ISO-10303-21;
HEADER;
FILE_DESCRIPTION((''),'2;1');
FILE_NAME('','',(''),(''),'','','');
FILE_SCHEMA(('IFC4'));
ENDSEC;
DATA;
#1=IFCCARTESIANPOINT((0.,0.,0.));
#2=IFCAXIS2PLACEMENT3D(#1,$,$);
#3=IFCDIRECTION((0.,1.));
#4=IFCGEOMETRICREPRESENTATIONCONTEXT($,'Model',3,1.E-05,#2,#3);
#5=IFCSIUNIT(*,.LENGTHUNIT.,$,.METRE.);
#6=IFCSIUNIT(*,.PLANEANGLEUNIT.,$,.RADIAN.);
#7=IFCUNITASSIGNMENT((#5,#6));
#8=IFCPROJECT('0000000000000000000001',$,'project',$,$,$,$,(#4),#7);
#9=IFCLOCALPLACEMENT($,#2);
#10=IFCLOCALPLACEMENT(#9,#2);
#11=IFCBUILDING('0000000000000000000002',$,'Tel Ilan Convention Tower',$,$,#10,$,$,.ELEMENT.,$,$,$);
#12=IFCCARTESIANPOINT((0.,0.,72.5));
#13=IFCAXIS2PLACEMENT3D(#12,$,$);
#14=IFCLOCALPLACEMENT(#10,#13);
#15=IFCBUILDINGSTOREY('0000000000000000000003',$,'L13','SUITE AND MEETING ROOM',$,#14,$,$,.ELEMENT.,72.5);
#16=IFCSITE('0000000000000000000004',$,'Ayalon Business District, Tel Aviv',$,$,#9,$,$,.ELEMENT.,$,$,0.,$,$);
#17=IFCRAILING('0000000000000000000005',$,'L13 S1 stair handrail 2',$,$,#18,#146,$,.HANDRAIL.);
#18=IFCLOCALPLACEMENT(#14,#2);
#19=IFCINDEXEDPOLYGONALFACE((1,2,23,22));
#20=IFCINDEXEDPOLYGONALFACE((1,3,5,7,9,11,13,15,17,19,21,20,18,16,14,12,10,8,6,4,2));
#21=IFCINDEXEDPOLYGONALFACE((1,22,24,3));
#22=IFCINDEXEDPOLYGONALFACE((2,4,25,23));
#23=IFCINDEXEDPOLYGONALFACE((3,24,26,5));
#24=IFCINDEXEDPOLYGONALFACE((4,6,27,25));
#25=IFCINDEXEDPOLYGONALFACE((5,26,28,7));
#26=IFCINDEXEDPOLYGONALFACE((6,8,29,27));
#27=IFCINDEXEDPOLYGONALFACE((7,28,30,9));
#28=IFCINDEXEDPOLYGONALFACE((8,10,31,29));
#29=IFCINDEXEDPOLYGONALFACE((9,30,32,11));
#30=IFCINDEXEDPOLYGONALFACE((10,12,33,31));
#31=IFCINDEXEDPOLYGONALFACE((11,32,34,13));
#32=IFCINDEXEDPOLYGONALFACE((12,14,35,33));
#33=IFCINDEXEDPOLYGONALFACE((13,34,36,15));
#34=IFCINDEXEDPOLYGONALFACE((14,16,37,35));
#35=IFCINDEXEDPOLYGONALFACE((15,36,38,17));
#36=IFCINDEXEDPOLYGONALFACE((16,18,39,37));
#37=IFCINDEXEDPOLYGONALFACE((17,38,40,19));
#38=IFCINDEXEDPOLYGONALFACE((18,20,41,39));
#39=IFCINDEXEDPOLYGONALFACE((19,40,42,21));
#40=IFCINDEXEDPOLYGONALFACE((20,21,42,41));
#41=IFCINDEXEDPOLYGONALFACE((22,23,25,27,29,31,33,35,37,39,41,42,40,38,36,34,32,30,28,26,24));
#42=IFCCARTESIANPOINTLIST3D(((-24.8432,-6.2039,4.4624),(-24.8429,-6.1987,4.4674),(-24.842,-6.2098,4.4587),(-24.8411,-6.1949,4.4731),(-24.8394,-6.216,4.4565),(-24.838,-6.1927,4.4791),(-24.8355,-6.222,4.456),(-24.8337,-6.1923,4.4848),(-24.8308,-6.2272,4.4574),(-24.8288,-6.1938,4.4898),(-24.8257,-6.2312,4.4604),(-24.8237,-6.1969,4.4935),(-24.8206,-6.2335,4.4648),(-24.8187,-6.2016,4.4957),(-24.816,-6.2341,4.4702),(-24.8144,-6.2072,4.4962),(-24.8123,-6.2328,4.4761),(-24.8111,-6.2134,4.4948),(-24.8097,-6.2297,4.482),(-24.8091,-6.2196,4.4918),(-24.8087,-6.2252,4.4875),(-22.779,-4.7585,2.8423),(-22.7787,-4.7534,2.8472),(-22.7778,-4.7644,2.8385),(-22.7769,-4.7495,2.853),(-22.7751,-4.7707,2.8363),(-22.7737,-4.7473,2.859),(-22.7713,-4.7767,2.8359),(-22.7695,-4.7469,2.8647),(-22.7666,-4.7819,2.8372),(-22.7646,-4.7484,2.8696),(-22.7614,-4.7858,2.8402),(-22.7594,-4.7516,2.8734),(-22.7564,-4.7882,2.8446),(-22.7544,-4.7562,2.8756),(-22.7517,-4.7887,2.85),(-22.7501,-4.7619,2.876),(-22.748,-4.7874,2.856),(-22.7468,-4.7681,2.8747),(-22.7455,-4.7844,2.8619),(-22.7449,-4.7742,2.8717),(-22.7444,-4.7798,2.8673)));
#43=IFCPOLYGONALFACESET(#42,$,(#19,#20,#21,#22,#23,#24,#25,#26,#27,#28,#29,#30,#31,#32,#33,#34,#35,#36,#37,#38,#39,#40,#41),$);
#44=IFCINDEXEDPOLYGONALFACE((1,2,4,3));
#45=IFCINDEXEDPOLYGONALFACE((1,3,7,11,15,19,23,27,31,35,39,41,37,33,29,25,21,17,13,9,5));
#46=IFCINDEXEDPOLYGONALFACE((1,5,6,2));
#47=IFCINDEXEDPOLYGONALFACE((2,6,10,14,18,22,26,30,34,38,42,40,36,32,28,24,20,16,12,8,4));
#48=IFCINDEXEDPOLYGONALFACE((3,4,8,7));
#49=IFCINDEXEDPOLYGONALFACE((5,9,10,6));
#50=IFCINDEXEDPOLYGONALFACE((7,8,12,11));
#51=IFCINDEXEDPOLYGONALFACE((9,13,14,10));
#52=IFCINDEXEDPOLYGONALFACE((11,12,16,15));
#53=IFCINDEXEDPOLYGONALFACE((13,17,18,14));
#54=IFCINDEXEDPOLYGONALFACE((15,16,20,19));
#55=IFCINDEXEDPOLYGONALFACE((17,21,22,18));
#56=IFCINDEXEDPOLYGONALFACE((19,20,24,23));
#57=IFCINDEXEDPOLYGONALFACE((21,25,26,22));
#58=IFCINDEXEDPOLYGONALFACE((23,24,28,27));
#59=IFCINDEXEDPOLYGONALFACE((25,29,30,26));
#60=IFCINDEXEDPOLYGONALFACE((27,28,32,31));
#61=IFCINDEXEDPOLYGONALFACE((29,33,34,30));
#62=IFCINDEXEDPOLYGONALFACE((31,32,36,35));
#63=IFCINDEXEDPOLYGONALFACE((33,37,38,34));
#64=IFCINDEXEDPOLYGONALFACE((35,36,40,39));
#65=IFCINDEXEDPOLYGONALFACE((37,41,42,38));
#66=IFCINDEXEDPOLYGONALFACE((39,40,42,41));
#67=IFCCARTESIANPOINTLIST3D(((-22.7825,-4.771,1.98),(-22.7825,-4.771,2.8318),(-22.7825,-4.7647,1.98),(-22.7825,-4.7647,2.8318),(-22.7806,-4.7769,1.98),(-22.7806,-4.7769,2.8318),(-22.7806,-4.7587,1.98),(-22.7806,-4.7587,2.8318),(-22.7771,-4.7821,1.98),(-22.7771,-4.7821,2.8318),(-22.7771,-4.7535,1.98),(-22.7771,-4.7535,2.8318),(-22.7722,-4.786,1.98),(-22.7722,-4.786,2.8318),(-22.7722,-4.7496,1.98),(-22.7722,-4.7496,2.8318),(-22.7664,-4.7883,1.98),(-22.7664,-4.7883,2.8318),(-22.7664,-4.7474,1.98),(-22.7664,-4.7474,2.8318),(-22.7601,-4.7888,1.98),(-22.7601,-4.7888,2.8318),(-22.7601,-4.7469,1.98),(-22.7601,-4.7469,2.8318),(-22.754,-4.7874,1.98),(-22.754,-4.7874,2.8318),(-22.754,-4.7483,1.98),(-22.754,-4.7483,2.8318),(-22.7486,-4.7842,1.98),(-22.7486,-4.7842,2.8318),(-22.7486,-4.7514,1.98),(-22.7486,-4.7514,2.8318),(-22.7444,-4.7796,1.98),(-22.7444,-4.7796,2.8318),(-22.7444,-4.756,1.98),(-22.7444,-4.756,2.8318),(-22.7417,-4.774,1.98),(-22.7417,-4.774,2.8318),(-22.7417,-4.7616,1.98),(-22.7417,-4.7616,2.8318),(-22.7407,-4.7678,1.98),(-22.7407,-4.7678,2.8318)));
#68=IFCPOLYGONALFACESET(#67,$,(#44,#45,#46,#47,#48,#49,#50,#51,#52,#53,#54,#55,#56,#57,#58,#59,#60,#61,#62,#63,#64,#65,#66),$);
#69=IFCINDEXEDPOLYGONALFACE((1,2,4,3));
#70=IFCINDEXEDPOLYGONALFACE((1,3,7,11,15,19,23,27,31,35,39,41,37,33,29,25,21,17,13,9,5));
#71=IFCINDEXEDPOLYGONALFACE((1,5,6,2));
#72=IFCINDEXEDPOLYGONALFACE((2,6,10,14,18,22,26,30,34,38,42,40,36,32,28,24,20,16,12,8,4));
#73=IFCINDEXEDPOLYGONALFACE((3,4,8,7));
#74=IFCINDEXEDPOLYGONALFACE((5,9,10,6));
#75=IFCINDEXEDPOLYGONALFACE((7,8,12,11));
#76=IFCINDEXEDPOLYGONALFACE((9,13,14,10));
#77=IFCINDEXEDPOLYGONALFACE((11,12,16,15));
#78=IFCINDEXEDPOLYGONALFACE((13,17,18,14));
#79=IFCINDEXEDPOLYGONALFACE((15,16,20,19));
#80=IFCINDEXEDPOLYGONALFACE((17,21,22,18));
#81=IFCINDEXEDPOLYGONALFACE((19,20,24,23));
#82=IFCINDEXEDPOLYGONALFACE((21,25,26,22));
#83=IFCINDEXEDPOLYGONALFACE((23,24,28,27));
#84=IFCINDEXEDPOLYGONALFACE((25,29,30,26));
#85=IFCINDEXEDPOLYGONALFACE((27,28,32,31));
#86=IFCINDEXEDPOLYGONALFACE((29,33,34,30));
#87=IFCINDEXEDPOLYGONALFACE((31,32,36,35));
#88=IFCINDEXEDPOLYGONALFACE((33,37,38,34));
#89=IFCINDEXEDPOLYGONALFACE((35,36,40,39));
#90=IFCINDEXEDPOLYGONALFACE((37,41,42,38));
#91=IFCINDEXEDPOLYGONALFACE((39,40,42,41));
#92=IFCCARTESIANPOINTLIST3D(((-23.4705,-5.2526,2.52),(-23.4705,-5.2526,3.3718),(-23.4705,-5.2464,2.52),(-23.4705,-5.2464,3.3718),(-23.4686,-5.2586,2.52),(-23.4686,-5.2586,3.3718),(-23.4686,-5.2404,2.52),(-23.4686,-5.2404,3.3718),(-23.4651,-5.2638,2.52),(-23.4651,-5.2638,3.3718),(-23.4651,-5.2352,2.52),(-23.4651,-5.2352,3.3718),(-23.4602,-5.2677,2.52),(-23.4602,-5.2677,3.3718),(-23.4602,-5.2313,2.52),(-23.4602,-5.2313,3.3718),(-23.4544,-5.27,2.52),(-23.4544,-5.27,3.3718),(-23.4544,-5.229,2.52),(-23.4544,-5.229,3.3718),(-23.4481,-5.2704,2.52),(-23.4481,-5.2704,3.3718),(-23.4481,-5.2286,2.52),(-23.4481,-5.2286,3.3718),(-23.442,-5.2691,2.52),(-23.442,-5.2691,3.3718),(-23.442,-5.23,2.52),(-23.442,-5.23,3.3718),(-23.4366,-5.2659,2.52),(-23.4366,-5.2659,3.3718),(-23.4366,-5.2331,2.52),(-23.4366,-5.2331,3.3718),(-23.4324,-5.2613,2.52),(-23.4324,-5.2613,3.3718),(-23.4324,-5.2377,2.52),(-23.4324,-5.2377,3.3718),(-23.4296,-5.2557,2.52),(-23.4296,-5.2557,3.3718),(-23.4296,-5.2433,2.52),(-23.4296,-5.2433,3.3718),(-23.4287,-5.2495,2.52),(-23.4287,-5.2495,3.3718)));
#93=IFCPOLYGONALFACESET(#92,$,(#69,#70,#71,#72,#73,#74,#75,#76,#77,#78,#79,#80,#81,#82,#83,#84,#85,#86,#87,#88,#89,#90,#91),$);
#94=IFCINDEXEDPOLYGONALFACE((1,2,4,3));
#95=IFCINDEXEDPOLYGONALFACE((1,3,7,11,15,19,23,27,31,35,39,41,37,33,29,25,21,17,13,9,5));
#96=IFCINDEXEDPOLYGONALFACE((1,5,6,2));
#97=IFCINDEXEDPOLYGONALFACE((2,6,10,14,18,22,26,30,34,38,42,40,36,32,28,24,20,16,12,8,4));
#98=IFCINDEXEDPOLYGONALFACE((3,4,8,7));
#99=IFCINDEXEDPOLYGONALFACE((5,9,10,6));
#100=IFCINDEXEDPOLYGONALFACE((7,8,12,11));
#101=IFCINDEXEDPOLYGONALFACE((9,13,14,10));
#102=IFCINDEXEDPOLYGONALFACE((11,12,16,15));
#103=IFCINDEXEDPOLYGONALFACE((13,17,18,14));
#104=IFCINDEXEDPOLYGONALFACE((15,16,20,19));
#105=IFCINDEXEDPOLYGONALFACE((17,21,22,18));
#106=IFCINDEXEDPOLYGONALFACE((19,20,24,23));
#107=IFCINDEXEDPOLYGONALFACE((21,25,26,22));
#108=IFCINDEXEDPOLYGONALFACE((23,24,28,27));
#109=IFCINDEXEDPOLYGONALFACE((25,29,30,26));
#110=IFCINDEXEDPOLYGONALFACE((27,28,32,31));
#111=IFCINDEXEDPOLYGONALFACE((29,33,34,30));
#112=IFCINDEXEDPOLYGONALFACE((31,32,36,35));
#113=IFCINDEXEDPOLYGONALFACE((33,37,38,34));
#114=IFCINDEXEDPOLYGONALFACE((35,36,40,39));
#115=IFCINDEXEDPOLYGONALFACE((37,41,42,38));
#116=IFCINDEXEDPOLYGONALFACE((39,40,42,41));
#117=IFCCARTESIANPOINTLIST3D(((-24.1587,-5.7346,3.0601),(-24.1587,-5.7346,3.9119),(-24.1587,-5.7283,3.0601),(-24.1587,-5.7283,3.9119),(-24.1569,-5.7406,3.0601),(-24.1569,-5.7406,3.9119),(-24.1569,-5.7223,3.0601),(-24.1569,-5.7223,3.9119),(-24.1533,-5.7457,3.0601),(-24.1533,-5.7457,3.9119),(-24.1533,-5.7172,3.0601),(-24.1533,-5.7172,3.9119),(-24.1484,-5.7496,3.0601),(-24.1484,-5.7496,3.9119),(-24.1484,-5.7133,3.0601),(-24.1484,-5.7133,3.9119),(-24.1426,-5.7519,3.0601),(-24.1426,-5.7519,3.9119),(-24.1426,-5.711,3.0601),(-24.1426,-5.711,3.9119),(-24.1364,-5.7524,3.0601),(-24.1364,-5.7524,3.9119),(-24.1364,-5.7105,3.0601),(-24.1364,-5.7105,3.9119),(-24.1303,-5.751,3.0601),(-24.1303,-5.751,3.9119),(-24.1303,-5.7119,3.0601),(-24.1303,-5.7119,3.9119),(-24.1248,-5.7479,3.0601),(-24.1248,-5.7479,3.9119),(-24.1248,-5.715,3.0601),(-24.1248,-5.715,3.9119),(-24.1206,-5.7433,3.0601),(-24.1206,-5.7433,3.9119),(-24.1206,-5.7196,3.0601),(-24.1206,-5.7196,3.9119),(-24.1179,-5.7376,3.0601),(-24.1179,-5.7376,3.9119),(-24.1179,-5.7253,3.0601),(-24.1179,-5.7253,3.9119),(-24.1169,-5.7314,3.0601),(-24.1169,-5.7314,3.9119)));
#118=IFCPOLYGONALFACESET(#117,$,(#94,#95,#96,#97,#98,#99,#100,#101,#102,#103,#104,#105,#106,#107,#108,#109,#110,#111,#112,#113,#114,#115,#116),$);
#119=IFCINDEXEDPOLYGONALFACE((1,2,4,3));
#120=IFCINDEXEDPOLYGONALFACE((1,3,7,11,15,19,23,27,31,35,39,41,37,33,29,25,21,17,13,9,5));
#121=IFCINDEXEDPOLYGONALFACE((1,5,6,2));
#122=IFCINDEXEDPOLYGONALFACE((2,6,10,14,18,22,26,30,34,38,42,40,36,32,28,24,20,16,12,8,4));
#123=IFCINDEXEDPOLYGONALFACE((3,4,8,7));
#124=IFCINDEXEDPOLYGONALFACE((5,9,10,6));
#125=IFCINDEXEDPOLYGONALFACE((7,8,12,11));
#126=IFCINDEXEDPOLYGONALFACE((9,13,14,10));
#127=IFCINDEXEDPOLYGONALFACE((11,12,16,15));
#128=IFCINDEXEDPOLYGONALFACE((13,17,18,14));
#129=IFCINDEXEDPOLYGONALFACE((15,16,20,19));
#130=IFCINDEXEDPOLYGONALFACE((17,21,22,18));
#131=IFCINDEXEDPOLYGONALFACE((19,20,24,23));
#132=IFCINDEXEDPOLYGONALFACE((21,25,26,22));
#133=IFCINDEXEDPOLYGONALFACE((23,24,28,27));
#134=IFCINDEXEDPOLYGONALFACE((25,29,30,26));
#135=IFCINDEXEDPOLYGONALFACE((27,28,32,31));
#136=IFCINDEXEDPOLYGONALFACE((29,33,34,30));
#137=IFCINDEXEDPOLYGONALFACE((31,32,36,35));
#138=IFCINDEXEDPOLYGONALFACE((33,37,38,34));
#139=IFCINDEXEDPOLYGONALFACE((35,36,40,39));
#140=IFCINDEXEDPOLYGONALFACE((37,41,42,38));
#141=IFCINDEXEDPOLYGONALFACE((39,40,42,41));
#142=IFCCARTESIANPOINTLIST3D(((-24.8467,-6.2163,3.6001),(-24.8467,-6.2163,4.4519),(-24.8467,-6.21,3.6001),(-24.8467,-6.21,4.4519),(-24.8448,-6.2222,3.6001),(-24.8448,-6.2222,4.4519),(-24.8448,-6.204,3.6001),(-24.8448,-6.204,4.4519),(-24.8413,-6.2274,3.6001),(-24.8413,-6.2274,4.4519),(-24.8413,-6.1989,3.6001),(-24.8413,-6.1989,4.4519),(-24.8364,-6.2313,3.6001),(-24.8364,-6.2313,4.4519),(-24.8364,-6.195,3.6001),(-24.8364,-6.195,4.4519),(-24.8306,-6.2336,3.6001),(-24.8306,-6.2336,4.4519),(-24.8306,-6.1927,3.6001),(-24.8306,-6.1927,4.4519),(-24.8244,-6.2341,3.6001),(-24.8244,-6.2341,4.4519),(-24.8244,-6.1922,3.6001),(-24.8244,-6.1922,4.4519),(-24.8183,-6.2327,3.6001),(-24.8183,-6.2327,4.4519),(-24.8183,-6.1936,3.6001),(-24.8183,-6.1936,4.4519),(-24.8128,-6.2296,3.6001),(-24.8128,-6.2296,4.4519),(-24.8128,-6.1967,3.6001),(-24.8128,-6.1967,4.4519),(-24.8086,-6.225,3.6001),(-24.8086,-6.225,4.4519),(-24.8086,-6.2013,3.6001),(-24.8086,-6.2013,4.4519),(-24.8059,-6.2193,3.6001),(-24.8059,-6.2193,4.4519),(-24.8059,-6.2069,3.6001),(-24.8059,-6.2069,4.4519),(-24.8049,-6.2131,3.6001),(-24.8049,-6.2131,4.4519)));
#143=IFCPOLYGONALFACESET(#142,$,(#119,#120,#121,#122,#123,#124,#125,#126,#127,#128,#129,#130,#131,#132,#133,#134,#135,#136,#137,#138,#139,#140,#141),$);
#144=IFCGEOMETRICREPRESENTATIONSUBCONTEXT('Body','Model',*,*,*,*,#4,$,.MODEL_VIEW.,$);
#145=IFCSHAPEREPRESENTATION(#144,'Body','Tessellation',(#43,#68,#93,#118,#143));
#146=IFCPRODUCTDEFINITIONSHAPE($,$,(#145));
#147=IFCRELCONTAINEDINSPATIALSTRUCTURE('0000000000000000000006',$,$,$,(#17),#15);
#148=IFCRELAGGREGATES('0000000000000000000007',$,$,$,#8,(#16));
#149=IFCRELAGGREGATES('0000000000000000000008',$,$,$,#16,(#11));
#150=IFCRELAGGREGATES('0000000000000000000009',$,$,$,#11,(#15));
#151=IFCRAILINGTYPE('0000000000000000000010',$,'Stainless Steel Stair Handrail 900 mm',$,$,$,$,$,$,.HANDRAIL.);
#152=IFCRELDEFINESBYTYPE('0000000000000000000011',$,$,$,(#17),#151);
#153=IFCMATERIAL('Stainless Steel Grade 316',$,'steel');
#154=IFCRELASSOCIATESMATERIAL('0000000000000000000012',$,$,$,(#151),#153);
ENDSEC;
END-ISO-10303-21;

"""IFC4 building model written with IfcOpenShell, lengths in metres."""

from ifc_helpers import new_model, si_unit, direction, frame, origin, origin_2d, place, context, subcontext, project, spatial, circle, extrude, material, type_object, element, save


model = new_model("IFC4")

# Units and contexts
model_context = context("Model", 3, precision=1e-05, world=origin(), true_north=direction((0.0, 1.0)))
body_context = subcontext(model_context, "Body", "Model", "MODEL_VIEW")
ifc_project = project(units=[si_unit("LENGTHUNIT", "METRE"), si_unit("PLANEANGLEUNIT", "RADIAN")], contexts=[model_context])

# Site, building, storey
site_placement = place(None, origin())
site = spatial("IfcSite", under=ifc_project, at=site_placement, Name="Ayalon Business District, Tel Aviv", CompositionType="ELEMENT", RefElevation=0.0)
building_placement = place(site_placement, origin())
building = spatial("IfcBuilding", under=site, at=building_placement, Name="Tel Ilan Convention Tower", CompositionType="ELEMENT")
storey_placement = place(building_placement, frame((0.0, 0.0, 72.5)))
storey = spatial("IfcBuildingStorey", under=building, at=storey_placement, Name="L13", Description="SUITE AND MEETING ROOM", CompositionType="ELEMENT", Elevation=72.5)

# Railing
ifc_material_1 = material(Name="Stainless Steel Grade 316", Category="steel")
railing_type_1 = type_object("IfcRailingType", Name="Stainless Steel Stair Handrail 900 mm", PredefinedType="HANDRAIL", material=ifc_material_1)
railing_1_placement = place(storey_placement, frame((-22.7617, -4.7678, 1.98)))
element("IfcRailing", 1, at=railing_1_placement, inside=storey, type_object=railing_type_1, Name="L13 S1 stair handrail 2", PredefinedType="HANDRAIL", context=body_context, shape_type="SweptSolid", body=[
    extrude(circle(Radius=0.0239, at=origin_2d()), frame((0.0, 0.0, 0.876), z_axis=(-0.68904, -0.48245, 0.540801), x_axis=(0.57356, -0.819164, 0.0)), (0.0, 0.0, 1.0), 2.9958),
    extrude(circle(Radius=0.021, at=origin_2d()), origin(), (0.0, 0.0, 1.0), 0.8518),
    extrude(circle(Radius=0.021, at=origin_2d()), frame((-0.688, -0.4817, 0.54)), (0.0, 0.0, 1.0), 0.8518),
    extrude(circle(Radius=0.021, at=origin_2d()), frame((-1.3762, -0.9636, 1.0801)), (0.0, 0.0, 1.0), 0.8518),
    extrude(circle(Radius=0.021, at=origin_2d()), frame((-2.0642, -1.4453, 1.6201)), (0.0, 0.0, 1.0), 0.8518),
])

save(model, "model.ifc")
